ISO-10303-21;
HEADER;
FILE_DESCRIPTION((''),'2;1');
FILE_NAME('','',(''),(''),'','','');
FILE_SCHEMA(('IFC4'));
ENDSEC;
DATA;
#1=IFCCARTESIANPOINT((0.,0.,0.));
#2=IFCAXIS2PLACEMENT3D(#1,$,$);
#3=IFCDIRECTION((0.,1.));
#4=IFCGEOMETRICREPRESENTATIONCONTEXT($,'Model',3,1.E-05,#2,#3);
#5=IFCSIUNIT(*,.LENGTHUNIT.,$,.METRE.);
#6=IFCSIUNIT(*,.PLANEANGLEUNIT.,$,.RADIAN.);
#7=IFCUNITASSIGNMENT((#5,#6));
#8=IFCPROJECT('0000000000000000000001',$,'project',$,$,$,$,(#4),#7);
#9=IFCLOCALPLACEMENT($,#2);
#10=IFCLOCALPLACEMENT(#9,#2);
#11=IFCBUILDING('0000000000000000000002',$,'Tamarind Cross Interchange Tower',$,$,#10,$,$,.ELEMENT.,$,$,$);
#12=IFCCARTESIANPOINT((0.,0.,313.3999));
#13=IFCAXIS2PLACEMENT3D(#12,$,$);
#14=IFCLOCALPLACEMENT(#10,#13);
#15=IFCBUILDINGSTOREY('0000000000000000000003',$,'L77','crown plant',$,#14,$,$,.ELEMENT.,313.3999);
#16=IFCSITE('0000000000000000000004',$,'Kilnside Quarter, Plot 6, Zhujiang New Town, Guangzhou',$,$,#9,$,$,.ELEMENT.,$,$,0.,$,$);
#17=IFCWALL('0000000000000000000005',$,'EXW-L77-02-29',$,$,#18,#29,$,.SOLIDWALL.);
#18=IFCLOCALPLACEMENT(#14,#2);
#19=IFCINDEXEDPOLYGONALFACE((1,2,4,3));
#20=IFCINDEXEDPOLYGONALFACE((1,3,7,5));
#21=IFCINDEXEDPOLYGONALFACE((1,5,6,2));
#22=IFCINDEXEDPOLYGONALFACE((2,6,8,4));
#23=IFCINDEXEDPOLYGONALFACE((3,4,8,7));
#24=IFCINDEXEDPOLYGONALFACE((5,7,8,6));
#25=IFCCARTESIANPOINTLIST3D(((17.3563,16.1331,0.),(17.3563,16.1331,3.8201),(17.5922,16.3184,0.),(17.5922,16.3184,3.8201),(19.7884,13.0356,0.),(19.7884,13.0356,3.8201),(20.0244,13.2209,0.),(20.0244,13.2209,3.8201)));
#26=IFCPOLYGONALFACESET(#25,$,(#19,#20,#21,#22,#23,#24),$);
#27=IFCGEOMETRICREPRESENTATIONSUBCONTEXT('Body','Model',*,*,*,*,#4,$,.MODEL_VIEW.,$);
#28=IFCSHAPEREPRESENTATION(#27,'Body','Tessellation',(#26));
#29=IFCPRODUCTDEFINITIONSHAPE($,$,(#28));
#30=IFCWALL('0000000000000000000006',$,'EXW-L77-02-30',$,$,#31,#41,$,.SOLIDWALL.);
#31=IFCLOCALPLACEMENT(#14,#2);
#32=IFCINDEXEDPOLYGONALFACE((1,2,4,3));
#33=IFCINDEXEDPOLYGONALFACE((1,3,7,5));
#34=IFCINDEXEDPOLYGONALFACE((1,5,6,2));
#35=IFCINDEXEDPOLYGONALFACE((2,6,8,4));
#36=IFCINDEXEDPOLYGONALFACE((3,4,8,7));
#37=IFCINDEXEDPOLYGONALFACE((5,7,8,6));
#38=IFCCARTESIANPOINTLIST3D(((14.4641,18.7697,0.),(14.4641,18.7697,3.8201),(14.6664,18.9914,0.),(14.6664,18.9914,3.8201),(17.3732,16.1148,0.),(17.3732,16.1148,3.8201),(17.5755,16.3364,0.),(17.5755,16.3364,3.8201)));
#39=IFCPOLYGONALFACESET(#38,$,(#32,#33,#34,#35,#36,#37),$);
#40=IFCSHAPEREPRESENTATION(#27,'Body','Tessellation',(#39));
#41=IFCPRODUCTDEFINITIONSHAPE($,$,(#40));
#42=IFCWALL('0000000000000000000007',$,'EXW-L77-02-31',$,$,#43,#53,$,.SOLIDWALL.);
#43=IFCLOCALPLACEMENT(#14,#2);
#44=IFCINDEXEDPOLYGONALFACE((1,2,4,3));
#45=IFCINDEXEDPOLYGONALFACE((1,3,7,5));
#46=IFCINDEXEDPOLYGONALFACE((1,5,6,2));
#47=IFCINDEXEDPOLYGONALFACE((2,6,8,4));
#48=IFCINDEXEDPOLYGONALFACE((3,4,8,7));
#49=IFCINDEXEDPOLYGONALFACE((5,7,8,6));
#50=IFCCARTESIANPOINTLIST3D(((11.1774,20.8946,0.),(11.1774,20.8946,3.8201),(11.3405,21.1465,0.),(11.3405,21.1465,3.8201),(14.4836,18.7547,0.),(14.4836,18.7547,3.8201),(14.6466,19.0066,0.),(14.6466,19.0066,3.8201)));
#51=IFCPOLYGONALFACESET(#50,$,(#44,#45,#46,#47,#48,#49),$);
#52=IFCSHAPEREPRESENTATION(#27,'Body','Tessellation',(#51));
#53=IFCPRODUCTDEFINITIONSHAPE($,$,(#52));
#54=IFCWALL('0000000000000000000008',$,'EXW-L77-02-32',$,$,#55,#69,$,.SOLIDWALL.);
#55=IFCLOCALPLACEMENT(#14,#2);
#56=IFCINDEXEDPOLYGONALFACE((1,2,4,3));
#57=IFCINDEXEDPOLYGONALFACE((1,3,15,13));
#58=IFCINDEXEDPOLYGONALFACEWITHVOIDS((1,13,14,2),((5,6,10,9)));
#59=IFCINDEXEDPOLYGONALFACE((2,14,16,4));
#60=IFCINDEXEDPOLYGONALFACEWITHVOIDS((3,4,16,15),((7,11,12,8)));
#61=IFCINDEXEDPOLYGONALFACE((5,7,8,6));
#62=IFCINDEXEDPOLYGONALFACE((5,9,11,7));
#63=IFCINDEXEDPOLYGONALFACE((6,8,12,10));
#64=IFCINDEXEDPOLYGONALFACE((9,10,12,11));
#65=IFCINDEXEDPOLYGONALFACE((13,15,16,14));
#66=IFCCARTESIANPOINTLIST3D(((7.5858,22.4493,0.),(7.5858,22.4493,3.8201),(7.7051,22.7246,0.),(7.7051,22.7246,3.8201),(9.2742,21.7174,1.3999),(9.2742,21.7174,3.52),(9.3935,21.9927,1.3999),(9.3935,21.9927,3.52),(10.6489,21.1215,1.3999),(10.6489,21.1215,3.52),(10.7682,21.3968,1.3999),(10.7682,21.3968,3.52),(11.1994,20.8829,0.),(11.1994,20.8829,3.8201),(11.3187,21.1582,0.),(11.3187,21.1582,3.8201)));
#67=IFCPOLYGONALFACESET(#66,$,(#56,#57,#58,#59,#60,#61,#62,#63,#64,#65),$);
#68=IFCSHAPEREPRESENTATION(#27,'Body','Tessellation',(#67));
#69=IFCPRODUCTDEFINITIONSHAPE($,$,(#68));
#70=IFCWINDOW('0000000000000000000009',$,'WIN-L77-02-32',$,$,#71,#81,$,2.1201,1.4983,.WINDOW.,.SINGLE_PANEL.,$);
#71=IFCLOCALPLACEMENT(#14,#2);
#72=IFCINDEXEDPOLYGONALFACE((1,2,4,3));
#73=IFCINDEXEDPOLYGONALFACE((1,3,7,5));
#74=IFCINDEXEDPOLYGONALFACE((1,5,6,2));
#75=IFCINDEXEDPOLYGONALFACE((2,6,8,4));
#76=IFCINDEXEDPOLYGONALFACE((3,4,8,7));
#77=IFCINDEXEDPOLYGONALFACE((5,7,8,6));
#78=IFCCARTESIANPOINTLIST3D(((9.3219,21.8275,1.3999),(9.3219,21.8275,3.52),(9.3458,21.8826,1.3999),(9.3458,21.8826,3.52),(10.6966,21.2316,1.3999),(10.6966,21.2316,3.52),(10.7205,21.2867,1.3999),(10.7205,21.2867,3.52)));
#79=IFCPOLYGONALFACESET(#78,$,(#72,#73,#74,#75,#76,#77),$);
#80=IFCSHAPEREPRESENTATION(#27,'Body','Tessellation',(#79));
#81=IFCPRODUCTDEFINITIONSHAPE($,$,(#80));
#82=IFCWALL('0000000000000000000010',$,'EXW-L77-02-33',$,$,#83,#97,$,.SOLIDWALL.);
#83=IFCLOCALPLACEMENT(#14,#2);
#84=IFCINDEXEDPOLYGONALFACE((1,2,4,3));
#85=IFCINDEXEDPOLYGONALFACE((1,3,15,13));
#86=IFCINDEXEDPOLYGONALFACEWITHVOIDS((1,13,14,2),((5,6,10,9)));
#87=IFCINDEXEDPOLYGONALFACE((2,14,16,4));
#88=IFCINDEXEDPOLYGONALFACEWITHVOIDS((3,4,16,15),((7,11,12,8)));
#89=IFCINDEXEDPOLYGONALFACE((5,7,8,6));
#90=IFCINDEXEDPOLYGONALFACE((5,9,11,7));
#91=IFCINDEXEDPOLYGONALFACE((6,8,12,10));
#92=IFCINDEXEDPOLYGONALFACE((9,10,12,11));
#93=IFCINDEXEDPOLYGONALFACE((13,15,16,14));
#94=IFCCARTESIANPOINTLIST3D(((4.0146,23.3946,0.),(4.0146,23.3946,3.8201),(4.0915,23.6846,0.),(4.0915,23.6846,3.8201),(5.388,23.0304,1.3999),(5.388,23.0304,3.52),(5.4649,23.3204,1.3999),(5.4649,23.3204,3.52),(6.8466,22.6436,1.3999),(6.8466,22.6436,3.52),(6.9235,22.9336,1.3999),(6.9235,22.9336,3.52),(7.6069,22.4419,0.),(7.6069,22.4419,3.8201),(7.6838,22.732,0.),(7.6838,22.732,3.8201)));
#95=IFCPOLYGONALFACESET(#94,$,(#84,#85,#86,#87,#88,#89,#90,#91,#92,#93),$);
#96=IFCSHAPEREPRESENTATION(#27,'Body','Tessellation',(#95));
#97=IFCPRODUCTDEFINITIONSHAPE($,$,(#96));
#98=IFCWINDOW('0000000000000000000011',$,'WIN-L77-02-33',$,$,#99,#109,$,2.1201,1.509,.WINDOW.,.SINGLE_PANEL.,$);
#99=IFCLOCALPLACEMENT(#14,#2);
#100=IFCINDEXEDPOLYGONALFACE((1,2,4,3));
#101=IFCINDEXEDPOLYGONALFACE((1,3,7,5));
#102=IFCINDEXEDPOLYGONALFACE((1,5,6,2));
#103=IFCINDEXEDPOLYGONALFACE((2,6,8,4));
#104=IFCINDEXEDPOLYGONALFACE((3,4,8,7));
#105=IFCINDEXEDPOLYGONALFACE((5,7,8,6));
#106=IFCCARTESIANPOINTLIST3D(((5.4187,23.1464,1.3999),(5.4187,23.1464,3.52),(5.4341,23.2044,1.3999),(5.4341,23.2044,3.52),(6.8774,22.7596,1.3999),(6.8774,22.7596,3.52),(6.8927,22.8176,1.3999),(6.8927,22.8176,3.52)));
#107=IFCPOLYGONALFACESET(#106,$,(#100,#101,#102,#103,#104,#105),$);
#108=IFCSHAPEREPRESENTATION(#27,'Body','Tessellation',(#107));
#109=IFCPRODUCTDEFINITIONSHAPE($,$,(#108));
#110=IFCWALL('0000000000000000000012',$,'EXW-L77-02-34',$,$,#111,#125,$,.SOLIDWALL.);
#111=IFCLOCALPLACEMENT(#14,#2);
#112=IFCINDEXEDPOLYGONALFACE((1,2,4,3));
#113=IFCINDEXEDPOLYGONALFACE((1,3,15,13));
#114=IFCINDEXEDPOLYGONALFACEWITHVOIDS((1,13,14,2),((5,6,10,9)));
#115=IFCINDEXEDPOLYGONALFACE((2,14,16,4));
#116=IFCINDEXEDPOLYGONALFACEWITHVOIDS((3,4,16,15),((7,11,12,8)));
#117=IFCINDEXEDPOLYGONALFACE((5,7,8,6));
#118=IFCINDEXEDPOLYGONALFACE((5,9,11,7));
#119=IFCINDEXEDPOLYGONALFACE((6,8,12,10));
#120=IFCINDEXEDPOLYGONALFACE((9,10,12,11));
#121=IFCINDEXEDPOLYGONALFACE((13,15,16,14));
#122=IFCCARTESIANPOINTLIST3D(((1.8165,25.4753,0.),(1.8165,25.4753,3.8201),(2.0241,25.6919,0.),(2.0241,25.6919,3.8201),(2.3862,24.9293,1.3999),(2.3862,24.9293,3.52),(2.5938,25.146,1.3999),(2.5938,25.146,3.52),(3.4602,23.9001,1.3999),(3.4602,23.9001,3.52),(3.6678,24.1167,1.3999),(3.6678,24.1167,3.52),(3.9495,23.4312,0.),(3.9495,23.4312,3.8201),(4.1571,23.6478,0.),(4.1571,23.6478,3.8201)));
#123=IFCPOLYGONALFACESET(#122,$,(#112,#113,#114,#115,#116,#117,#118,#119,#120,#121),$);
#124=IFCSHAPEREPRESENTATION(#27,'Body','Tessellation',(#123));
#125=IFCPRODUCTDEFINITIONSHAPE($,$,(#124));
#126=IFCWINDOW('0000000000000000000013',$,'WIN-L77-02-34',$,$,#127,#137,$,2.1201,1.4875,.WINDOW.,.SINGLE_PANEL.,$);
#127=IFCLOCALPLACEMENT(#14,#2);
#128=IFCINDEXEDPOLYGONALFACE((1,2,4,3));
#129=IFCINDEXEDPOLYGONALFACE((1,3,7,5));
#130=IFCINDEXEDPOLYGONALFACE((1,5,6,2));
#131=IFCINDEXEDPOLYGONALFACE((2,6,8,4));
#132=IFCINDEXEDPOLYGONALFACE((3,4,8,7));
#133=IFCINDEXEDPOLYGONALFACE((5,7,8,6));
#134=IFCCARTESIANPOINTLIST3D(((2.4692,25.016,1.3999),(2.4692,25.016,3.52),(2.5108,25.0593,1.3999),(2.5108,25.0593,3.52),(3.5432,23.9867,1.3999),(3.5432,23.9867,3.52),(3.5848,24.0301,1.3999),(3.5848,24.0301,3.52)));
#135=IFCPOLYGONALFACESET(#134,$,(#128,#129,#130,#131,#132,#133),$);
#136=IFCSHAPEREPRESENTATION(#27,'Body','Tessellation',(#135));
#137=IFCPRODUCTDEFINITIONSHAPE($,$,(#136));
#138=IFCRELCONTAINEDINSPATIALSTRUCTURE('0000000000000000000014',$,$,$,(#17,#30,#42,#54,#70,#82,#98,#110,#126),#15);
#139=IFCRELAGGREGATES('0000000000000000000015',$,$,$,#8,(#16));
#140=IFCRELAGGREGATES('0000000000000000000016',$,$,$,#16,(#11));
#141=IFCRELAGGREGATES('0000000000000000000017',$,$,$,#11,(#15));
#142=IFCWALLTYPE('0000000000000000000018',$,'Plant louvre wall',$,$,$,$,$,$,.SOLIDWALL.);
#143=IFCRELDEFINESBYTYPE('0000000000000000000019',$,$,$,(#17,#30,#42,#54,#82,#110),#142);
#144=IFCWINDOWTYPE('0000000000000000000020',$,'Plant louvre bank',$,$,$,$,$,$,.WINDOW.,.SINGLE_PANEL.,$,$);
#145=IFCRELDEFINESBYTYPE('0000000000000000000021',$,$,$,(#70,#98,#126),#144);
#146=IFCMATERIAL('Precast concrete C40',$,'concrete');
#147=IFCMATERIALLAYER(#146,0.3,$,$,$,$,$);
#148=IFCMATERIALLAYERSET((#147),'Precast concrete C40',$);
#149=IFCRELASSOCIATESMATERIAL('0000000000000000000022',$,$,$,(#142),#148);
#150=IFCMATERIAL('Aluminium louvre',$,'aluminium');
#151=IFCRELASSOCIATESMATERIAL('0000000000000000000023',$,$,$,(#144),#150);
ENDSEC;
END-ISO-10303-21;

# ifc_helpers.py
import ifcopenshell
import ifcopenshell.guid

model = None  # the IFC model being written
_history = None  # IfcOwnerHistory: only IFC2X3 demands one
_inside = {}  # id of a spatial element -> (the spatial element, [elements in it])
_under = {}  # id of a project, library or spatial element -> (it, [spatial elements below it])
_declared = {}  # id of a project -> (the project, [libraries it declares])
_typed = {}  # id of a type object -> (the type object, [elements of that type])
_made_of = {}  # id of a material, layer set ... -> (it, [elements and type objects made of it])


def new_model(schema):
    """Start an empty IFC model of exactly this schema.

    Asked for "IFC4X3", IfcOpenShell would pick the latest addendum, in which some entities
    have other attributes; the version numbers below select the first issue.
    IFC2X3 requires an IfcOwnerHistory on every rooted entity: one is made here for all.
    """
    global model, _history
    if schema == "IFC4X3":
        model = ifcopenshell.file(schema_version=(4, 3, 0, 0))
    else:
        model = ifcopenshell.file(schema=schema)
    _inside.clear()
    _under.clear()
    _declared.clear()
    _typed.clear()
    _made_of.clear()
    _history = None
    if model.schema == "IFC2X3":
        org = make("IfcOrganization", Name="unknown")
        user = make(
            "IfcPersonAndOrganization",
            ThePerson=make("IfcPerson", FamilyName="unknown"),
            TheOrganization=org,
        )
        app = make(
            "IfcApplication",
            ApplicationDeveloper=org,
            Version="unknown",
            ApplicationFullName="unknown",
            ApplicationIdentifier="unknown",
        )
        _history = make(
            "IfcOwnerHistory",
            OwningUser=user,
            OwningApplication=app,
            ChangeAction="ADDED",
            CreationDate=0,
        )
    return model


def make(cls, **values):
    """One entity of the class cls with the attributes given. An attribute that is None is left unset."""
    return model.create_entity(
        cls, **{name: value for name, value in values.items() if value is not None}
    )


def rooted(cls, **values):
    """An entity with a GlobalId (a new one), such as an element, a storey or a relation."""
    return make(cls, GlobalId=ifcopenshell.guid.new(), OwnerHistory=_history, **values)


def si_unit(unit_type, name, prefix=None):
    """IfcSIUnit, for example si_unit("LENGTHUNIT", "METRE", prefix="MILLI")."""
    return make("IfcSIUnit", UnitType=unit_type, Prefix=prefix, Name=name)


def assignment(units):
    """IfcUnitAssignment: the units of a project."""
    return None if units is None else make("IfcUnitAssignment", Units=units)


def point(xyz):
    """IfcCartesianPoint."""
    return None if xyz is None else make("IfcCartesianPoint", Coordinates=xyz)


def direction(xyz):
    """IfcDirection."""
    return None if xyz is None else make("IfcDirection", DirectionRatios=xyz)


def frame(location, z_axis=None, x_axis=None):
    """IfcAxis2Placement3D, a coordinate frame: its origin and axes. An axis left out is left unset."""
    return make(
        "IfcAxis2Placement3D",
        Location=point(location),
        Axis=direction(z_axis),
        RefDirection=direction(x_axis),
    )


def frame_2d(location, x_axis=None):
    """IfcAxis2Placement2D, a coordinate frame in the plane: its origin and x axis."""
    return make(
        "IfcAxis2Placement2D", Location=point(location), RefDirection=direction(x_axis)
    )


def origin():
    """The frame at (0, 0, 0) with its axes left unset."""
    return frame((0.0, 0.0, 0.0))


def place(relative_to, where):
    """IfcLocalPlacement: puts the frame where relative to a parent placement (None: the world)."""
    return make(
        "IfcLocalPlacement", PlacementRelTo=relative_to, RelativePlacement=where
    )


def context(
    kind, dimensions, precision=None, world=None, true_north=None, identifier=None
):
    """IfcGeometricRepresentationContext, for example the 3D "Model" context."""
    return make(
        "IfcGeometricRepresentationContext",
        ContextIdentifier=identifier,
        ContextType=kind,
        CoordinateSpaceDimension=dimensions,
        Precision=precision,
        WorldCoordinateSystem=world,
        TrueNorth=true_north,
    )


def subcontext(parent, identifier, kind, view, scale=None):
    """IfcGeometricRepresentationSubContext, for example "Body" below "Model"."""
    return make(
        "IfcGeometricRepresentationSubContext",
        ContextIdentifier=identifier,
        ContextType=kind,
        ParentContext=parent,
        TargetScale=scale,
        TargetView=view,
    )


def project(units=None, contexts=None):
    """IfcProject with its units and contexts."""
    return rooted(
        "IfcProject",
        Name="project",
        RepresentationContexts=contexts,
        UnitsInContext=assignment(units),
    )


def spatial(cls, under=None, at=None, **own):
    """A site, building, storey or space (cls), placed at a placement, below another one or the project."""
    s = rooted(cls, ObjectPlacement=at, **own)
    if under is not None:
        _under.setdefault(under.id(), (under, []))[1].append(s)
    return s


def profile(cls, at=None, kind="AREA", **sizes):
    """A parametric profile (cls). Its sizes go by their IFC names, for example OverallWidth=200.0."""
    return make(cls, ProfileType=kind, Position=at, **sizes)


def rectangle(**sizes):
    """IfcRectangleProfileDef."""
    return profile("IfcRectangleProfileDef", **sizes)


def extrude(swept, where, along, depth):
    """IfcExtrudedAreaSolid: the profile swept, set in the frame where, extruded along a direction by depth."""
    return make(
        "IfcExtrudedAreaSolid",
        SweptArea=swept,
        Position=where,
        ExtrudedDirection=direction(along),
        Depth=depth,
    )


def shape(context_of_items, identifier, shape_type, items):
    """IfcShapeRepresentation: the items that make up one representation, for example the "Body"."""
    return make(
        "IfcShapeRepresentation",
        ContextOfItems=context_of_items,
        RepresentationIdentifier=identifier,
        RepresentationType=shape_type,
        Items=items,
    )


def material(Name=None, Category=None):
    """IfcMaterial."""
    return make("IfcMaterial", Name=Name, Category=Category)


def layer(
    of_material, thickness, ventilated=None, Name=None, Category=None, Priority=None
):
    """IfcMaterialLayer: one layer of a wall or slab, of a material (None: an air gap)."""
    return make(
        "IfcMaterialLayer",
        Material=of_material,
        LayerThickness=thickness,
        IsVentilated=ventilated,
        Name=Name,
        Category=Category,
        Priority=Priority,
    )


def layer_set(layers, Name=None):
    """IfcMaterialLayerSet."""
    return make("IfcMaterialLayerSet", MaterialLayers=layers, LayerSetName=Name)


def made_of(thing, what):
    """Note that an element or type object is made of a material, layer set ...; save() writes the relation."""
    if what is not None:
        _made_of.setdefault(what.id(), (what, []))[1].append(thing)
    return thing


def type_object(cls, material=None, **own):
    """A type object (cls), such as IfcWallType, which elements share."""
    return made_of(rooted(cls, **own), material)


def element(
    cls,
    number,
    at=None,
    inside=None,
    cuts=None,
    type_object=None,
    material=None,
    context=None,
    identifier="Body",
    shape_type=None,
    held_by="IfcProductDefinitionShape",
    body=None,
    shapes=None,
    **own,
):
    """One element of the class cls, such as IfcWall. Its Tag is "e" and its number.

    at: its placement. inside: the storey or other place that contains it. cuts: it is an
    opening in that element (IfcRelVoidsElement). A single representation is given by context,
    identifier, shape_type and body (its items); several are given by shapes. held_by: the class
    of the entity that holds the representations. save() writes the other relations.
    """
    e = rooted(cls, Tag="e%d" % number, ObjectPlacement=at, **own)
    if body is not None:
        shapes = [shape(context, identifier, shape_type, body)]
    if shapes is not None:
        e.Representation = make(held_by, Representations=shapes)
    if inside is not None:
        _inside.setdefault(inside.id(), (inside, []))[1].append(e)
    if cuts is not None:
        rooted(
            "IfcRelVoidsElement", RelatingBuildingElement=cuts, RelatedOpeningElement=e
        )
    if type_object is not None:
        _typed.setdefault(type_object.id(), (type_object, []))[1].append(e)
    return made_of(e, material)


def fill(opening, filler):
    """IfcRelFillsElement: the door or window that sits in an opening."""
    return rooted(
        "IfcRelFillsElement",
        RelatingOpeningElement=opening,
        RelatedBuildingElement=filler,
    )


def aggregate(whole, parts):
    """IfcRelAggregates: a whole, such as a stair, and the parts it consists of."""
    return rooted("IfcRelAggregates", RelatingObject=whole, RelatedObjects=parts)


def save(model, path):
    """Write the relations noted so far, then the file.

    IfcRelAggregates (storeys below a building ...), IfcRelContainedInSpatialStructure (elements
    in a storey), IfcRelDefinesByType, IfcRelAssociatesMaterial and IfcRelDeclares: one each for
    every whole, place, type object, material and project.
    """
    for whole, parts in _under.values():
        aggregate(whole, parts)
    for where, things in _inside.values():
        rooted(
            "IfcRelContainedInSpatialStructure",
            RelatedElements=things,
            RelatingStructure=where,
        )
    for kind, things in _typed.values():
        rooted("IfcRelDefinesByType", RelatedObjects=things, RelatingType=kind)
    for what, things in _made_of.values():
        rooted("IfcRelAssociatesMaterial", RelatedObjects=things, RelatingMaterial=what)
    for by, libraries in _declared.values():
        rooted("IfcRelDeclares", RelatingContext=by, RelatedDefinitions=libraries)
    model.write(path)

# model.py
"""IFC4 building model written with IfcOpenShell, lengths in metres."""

from ifc_helpers import new_model, si_unit, direction, frame, frame_2d, origin, place, context, subcontext, project, spatial, rectangle, extrude, material, layer, layer_set, type_object, element, fill, save


model = new_model("IFC4")

# Units and contexts
model_context = context("Model", 3, precision=1e-05, world=origin(), true_north=direction((0.0, 1.0)))
body_context = subcontext(model_context, "Body", "Model", "MODEL_VIEW")
ifc_project = project(units=[si_unit("LENGTHUNIT", "METRE"), si_unit("PLANEANGLEUNIT", "RADIAN")], contexts=[model_context])

# Site, building, storey
site_placement = place(None, origin())
site = spatial("IfcSite", under=ifc_project, at=site_placement, Name="Kilnside Quarter, Plot 6, Zhujiang New Town, Guangzhou", CompositionType="ELEMENT", RefElevation=0.0)
building_placement = place(site_placement, origin())
building = spatial("IfcBuilding", under=site, at=building_placement, Name="Tamarind Cross Interchange Tower", CompositionType="ELEMENT")
storey_placement = place(building_placement, frame((0.0, 0.0, 313.3999)))
storey = spatial("IfcBuildingStorey", under=building, at=storey_placement, Name="L77", Description="crown plant", CompositionType="ELEMENT", Elevation=313.3999)

# Walls
ifc_material_1 = material(Name="Precast concrete C40", Category="concrete")
ifc_layer = layer(ifc_material_1, 0.3)
ifc_layer_set = layer_set([ifc_layer], Name="Precast concrete C40")
wall_type = type_object("IfcWallType", Name="Plant louvre wall", PredefinedType="SOLIDWALL", material=ifc_layer_set)
wall_1_placement = place(storey_placement, frame((19.9065, 13.1282, 0.0), z_axis=(0.0, 0.0, 1.0), x_axis=(-0.617578, 0.78651, 0.0)))
element("IfcWall", 1, at=wall_1_placement, inside=storey, type_object=wall_type, Name="EXW-L77-02-29", PredefinedType="SOLIDWALL", context=body_context, shape_type="SweptSolid", body=[
    extrude(rectangle(XDim=3.9382, YDim=0.3, at=frame_2d((1.9692, 0.0))), origin(), (0.0, 0.0, 1.0), 3.8201),
])
wall_2_placement = place(storey_placement, frame((17.4744, 16.2256, 0.0), z_axis=(0.0, 0.0, 1.0), x_axis=(-0.738634, 0.674106, 0.0)))
element("IfcWall", 2, at=wall_2_placement, inside=storey, type_object=wall_type, Name="EXW-L77-02-30", PredefinedType="SOLIDWALL", context=body_context, shape_type="SweptSolid", body=[
    extrude(rectangle(XDim=3.9385, YDim=0.3, at=frame_2d((1.9692, 0.0))), origin(), (0.0, 0.0, 1.0), 3.8201),
])
wall_3_placement = place(storey_placement, frame((14.5652, 18.8806, 0.0), z_axis=(0.0, 0.0, 1.0), x_axis=(-0.839499, 0.543362, 0.0)))
element("IfcWall", 3, at=wall_3_placement, inside=storey, type_object=wall_type, Name="EXW-L77-02-31", PredefinedType="SOLIDWALL", context=body_context, shape_type="SweptSolid", body=[
    extrude(rectangle(XDim=3.9382, YDim=0.3, at=frame_2d((1.9692, 0.0))), origin(), (0.0, 0.0, 1.0), 3.8201),
])

# Walls, openings, windows
wall_4_placement = place(storey_placement, frame((11.259, 21.0205, 0.0), z_axis=(0.0, 0.0, 1.0), x_axis=(-0.917505, 0.397724, 0.0)))
wall_4 = element("IfcWall", 4, at=wall_4_placement, inside=storey, type_object=wall_type, Name="EXW-L77-02-32", PredefinedType="SOLIDWALL", context=body_context, shape_type="SweptSolid", body=[
    extrude(rectangle(XDim=3.9385, YDim=0.3, at=frame_2d((1.9692, 0.0))), origin(), (0.0, 0.0, 1.0), 3.8201),
])
opening_1_placement = place(wall_4_placement, frame((0.6001, 0.0, 1.3999)))
opening_1 = element("IfcOpeningElement", 5, at=opening_1_placement, cuts=wall_4, PredefinedType="OPENING", context=body_context, shape_type="SweptSolid", body=[
    extrude(rectangle(XDim=1.4983, YDim=2.1201, at=frame_2d((0.749, 1.0601))), frame((0.0, 0.1599, 0.0), z_axis=(0.0, -1.0, 0.0), x_axis=(1.0, 0.0, 0.0)), (0.0, 0.0, 1.0), 0.3201),
])
ifc_material_2 = material(Name="Aluminium louvre", Category="aluminium")
window_type = type_object("IfcWindowType", Name="Plant louvre bank", PartitioningType="SINGLE_PANEL", PredefinedType="WINDOW", material=ifc_material_2)
window_1_placement = place(opening_1_placement, origin())
window_1 = element("IfcWindow", 6, at=window_1_placement, inside=storey, type_object=window_type, Name="WIN-L77-02-32", OverallHeight=2.1201, OverallWidth=1.4983, PartitioningType="SINGLE_PANEL", PredefinedType="WINDOW", context=body_context, shape_type="SweptSolid", body=[
    extrude(rectangle(XDim=1.4983, YDim=2.1201, at=frame_2d((0.749, 1.0601))), frame((0.0, 0.03, 0.0), z_axis=(0.0, -1.0, 0.0), x_axis=(1.0, 0.0, 0.0)), (0.0, 0.0, 1.0), 0.0601),
])
fill(opening_1, window_1)
wall_5_placement = place(storey_placement, frame((7.6455, 22.5869, 0.0), z_axis=(0.0, 0.0, 1.0), x_axis=(-0.966589, 0.256329, 0.0)))
wall_5 = element("IfcWall", 7, at=wall_5_placement, inside=storey, type_object=wall_type, Name="EXW-L77-02-33", PredefinedType="SOLIDWALL", context=body_context, shape_type="SweptSolid", body=[
    extrude(rectangle(XDim=3.7166, YDim=0.3, at=frame_2d((1.8584, 0.0))), origin(), (0.0, 0.0, 1.0), 3.8201),
])
opening_2_placement = place(wall_5_placement, frame((0.7869, 0.0, 1.3999)))
opening_2 = element("IfcOpeningElement", 8, at=opening_2_placement, cuts=wall_5, PredefinedType="OPENING", context=body_context, shape_type="SweptSolid", body=[
    extrude(rectangle(XDim=1.509, YDim=2.1201, at=frame_2d((0.7544, 1.0601))), frame((0.0, 0.1599, 0.0), z_axis=(0.0, -1.0, 0.0), x_axis=(1.0, 0.0, 0.0)), (0.0, 0.0, 1.0), 0.3201),
])
window_2_placement = place(opening_2_placement, origin())
window_2 = element("IfcWindow", 9, at=window_2_placement, inside=storey, type_object=window_type, Name="WIN-L77-02-33", OverallHeight=2.1201, OverallWidth=1.509, PartitioningType="SINGLE_PANEL", PredefinedType="WINDOW", context=body_context, shape_type="SweptSolid", body=[
    extrude(rectangle(XDim=1.509, YDim=2.1201, at=frame_2d((0.7544, 1.0601))), frame((0.0, 0.03, 0.0), z_axis=(0.0, -1.0, 0.0), x_axis=(1.0, 0.0, 0.0)), (0.0, 0.0, 1.0), 0.0601),
])
fill(opening_2, window_2)
wall_6_placement = place(storey_placement, frame((4.0532, 23.5396, 0.0), z_axis=(0.0, 0.0, 1.0), x_axis=(-0.721986, 0.691907, 0.0)))
wall_6 = element("IfcWall", 10, at=wall_6_placement, inside=storey, type_object=wall_type, Name="EXW-L77-02-34", PredefinedType="SOLIDWALL", context=body_context, shape_type="SweptSolid", body=[
    extrude(rectangle(XDim=2.9543, YDim=0.3, at=frame_2d((1.4771, 0.0))), origin(), (0.0, 0.0, 1.0), 3.8201),
])
opening_3_placement = place(wall_6_placement, frame((0.6777, 0.0, 1.3999)))
opening_3 = element("IfcOpeningElement", 11, at=opening_3_placement, cuts=wall_6, PredefinedType="OPENING", context=body_context, shape_type="SweptSolid", body=[
    extrude(rectangle(XDim=1.4875, YDim=2.1201, at=frame_2d((0.7437, 1.0601))), frame((0.0, 0.1599, 0.0), z_axis=(0.0, -1.0, 0.0), x_axis=(1.0, 0.0, 0.0)), (0.0, 0.0, 1.0), 0.3201),
])
window_3_placement = place(opening_3_placement, origin())
window_3 = element("IfcWindow", 12, at=window_3_placement, inside=storey, type_object=window_type, Name="WIN-L77-02-34", OverallHeight=2.1201, OverallWidth=1.4875, PartitioningType="SINGLE_PANEL", PredefinedType="WINDOW", context=body_context, shape_type="SweptSolid", body=[
    extrude(rectangle(XDim=1.4875, YDim=2.1201, at=frame_2d((0.7437, 1.0601))), frame((0.0, 0.03, 0.0), z_axis=(0.0, -1.0, 0.0), x_axis=(1.0, 0.0, 0.0)), (0.0, 0.0, 1.0), 0.0601),
])
fill(opening_3, window_3)

save(model, "model.ifc")
